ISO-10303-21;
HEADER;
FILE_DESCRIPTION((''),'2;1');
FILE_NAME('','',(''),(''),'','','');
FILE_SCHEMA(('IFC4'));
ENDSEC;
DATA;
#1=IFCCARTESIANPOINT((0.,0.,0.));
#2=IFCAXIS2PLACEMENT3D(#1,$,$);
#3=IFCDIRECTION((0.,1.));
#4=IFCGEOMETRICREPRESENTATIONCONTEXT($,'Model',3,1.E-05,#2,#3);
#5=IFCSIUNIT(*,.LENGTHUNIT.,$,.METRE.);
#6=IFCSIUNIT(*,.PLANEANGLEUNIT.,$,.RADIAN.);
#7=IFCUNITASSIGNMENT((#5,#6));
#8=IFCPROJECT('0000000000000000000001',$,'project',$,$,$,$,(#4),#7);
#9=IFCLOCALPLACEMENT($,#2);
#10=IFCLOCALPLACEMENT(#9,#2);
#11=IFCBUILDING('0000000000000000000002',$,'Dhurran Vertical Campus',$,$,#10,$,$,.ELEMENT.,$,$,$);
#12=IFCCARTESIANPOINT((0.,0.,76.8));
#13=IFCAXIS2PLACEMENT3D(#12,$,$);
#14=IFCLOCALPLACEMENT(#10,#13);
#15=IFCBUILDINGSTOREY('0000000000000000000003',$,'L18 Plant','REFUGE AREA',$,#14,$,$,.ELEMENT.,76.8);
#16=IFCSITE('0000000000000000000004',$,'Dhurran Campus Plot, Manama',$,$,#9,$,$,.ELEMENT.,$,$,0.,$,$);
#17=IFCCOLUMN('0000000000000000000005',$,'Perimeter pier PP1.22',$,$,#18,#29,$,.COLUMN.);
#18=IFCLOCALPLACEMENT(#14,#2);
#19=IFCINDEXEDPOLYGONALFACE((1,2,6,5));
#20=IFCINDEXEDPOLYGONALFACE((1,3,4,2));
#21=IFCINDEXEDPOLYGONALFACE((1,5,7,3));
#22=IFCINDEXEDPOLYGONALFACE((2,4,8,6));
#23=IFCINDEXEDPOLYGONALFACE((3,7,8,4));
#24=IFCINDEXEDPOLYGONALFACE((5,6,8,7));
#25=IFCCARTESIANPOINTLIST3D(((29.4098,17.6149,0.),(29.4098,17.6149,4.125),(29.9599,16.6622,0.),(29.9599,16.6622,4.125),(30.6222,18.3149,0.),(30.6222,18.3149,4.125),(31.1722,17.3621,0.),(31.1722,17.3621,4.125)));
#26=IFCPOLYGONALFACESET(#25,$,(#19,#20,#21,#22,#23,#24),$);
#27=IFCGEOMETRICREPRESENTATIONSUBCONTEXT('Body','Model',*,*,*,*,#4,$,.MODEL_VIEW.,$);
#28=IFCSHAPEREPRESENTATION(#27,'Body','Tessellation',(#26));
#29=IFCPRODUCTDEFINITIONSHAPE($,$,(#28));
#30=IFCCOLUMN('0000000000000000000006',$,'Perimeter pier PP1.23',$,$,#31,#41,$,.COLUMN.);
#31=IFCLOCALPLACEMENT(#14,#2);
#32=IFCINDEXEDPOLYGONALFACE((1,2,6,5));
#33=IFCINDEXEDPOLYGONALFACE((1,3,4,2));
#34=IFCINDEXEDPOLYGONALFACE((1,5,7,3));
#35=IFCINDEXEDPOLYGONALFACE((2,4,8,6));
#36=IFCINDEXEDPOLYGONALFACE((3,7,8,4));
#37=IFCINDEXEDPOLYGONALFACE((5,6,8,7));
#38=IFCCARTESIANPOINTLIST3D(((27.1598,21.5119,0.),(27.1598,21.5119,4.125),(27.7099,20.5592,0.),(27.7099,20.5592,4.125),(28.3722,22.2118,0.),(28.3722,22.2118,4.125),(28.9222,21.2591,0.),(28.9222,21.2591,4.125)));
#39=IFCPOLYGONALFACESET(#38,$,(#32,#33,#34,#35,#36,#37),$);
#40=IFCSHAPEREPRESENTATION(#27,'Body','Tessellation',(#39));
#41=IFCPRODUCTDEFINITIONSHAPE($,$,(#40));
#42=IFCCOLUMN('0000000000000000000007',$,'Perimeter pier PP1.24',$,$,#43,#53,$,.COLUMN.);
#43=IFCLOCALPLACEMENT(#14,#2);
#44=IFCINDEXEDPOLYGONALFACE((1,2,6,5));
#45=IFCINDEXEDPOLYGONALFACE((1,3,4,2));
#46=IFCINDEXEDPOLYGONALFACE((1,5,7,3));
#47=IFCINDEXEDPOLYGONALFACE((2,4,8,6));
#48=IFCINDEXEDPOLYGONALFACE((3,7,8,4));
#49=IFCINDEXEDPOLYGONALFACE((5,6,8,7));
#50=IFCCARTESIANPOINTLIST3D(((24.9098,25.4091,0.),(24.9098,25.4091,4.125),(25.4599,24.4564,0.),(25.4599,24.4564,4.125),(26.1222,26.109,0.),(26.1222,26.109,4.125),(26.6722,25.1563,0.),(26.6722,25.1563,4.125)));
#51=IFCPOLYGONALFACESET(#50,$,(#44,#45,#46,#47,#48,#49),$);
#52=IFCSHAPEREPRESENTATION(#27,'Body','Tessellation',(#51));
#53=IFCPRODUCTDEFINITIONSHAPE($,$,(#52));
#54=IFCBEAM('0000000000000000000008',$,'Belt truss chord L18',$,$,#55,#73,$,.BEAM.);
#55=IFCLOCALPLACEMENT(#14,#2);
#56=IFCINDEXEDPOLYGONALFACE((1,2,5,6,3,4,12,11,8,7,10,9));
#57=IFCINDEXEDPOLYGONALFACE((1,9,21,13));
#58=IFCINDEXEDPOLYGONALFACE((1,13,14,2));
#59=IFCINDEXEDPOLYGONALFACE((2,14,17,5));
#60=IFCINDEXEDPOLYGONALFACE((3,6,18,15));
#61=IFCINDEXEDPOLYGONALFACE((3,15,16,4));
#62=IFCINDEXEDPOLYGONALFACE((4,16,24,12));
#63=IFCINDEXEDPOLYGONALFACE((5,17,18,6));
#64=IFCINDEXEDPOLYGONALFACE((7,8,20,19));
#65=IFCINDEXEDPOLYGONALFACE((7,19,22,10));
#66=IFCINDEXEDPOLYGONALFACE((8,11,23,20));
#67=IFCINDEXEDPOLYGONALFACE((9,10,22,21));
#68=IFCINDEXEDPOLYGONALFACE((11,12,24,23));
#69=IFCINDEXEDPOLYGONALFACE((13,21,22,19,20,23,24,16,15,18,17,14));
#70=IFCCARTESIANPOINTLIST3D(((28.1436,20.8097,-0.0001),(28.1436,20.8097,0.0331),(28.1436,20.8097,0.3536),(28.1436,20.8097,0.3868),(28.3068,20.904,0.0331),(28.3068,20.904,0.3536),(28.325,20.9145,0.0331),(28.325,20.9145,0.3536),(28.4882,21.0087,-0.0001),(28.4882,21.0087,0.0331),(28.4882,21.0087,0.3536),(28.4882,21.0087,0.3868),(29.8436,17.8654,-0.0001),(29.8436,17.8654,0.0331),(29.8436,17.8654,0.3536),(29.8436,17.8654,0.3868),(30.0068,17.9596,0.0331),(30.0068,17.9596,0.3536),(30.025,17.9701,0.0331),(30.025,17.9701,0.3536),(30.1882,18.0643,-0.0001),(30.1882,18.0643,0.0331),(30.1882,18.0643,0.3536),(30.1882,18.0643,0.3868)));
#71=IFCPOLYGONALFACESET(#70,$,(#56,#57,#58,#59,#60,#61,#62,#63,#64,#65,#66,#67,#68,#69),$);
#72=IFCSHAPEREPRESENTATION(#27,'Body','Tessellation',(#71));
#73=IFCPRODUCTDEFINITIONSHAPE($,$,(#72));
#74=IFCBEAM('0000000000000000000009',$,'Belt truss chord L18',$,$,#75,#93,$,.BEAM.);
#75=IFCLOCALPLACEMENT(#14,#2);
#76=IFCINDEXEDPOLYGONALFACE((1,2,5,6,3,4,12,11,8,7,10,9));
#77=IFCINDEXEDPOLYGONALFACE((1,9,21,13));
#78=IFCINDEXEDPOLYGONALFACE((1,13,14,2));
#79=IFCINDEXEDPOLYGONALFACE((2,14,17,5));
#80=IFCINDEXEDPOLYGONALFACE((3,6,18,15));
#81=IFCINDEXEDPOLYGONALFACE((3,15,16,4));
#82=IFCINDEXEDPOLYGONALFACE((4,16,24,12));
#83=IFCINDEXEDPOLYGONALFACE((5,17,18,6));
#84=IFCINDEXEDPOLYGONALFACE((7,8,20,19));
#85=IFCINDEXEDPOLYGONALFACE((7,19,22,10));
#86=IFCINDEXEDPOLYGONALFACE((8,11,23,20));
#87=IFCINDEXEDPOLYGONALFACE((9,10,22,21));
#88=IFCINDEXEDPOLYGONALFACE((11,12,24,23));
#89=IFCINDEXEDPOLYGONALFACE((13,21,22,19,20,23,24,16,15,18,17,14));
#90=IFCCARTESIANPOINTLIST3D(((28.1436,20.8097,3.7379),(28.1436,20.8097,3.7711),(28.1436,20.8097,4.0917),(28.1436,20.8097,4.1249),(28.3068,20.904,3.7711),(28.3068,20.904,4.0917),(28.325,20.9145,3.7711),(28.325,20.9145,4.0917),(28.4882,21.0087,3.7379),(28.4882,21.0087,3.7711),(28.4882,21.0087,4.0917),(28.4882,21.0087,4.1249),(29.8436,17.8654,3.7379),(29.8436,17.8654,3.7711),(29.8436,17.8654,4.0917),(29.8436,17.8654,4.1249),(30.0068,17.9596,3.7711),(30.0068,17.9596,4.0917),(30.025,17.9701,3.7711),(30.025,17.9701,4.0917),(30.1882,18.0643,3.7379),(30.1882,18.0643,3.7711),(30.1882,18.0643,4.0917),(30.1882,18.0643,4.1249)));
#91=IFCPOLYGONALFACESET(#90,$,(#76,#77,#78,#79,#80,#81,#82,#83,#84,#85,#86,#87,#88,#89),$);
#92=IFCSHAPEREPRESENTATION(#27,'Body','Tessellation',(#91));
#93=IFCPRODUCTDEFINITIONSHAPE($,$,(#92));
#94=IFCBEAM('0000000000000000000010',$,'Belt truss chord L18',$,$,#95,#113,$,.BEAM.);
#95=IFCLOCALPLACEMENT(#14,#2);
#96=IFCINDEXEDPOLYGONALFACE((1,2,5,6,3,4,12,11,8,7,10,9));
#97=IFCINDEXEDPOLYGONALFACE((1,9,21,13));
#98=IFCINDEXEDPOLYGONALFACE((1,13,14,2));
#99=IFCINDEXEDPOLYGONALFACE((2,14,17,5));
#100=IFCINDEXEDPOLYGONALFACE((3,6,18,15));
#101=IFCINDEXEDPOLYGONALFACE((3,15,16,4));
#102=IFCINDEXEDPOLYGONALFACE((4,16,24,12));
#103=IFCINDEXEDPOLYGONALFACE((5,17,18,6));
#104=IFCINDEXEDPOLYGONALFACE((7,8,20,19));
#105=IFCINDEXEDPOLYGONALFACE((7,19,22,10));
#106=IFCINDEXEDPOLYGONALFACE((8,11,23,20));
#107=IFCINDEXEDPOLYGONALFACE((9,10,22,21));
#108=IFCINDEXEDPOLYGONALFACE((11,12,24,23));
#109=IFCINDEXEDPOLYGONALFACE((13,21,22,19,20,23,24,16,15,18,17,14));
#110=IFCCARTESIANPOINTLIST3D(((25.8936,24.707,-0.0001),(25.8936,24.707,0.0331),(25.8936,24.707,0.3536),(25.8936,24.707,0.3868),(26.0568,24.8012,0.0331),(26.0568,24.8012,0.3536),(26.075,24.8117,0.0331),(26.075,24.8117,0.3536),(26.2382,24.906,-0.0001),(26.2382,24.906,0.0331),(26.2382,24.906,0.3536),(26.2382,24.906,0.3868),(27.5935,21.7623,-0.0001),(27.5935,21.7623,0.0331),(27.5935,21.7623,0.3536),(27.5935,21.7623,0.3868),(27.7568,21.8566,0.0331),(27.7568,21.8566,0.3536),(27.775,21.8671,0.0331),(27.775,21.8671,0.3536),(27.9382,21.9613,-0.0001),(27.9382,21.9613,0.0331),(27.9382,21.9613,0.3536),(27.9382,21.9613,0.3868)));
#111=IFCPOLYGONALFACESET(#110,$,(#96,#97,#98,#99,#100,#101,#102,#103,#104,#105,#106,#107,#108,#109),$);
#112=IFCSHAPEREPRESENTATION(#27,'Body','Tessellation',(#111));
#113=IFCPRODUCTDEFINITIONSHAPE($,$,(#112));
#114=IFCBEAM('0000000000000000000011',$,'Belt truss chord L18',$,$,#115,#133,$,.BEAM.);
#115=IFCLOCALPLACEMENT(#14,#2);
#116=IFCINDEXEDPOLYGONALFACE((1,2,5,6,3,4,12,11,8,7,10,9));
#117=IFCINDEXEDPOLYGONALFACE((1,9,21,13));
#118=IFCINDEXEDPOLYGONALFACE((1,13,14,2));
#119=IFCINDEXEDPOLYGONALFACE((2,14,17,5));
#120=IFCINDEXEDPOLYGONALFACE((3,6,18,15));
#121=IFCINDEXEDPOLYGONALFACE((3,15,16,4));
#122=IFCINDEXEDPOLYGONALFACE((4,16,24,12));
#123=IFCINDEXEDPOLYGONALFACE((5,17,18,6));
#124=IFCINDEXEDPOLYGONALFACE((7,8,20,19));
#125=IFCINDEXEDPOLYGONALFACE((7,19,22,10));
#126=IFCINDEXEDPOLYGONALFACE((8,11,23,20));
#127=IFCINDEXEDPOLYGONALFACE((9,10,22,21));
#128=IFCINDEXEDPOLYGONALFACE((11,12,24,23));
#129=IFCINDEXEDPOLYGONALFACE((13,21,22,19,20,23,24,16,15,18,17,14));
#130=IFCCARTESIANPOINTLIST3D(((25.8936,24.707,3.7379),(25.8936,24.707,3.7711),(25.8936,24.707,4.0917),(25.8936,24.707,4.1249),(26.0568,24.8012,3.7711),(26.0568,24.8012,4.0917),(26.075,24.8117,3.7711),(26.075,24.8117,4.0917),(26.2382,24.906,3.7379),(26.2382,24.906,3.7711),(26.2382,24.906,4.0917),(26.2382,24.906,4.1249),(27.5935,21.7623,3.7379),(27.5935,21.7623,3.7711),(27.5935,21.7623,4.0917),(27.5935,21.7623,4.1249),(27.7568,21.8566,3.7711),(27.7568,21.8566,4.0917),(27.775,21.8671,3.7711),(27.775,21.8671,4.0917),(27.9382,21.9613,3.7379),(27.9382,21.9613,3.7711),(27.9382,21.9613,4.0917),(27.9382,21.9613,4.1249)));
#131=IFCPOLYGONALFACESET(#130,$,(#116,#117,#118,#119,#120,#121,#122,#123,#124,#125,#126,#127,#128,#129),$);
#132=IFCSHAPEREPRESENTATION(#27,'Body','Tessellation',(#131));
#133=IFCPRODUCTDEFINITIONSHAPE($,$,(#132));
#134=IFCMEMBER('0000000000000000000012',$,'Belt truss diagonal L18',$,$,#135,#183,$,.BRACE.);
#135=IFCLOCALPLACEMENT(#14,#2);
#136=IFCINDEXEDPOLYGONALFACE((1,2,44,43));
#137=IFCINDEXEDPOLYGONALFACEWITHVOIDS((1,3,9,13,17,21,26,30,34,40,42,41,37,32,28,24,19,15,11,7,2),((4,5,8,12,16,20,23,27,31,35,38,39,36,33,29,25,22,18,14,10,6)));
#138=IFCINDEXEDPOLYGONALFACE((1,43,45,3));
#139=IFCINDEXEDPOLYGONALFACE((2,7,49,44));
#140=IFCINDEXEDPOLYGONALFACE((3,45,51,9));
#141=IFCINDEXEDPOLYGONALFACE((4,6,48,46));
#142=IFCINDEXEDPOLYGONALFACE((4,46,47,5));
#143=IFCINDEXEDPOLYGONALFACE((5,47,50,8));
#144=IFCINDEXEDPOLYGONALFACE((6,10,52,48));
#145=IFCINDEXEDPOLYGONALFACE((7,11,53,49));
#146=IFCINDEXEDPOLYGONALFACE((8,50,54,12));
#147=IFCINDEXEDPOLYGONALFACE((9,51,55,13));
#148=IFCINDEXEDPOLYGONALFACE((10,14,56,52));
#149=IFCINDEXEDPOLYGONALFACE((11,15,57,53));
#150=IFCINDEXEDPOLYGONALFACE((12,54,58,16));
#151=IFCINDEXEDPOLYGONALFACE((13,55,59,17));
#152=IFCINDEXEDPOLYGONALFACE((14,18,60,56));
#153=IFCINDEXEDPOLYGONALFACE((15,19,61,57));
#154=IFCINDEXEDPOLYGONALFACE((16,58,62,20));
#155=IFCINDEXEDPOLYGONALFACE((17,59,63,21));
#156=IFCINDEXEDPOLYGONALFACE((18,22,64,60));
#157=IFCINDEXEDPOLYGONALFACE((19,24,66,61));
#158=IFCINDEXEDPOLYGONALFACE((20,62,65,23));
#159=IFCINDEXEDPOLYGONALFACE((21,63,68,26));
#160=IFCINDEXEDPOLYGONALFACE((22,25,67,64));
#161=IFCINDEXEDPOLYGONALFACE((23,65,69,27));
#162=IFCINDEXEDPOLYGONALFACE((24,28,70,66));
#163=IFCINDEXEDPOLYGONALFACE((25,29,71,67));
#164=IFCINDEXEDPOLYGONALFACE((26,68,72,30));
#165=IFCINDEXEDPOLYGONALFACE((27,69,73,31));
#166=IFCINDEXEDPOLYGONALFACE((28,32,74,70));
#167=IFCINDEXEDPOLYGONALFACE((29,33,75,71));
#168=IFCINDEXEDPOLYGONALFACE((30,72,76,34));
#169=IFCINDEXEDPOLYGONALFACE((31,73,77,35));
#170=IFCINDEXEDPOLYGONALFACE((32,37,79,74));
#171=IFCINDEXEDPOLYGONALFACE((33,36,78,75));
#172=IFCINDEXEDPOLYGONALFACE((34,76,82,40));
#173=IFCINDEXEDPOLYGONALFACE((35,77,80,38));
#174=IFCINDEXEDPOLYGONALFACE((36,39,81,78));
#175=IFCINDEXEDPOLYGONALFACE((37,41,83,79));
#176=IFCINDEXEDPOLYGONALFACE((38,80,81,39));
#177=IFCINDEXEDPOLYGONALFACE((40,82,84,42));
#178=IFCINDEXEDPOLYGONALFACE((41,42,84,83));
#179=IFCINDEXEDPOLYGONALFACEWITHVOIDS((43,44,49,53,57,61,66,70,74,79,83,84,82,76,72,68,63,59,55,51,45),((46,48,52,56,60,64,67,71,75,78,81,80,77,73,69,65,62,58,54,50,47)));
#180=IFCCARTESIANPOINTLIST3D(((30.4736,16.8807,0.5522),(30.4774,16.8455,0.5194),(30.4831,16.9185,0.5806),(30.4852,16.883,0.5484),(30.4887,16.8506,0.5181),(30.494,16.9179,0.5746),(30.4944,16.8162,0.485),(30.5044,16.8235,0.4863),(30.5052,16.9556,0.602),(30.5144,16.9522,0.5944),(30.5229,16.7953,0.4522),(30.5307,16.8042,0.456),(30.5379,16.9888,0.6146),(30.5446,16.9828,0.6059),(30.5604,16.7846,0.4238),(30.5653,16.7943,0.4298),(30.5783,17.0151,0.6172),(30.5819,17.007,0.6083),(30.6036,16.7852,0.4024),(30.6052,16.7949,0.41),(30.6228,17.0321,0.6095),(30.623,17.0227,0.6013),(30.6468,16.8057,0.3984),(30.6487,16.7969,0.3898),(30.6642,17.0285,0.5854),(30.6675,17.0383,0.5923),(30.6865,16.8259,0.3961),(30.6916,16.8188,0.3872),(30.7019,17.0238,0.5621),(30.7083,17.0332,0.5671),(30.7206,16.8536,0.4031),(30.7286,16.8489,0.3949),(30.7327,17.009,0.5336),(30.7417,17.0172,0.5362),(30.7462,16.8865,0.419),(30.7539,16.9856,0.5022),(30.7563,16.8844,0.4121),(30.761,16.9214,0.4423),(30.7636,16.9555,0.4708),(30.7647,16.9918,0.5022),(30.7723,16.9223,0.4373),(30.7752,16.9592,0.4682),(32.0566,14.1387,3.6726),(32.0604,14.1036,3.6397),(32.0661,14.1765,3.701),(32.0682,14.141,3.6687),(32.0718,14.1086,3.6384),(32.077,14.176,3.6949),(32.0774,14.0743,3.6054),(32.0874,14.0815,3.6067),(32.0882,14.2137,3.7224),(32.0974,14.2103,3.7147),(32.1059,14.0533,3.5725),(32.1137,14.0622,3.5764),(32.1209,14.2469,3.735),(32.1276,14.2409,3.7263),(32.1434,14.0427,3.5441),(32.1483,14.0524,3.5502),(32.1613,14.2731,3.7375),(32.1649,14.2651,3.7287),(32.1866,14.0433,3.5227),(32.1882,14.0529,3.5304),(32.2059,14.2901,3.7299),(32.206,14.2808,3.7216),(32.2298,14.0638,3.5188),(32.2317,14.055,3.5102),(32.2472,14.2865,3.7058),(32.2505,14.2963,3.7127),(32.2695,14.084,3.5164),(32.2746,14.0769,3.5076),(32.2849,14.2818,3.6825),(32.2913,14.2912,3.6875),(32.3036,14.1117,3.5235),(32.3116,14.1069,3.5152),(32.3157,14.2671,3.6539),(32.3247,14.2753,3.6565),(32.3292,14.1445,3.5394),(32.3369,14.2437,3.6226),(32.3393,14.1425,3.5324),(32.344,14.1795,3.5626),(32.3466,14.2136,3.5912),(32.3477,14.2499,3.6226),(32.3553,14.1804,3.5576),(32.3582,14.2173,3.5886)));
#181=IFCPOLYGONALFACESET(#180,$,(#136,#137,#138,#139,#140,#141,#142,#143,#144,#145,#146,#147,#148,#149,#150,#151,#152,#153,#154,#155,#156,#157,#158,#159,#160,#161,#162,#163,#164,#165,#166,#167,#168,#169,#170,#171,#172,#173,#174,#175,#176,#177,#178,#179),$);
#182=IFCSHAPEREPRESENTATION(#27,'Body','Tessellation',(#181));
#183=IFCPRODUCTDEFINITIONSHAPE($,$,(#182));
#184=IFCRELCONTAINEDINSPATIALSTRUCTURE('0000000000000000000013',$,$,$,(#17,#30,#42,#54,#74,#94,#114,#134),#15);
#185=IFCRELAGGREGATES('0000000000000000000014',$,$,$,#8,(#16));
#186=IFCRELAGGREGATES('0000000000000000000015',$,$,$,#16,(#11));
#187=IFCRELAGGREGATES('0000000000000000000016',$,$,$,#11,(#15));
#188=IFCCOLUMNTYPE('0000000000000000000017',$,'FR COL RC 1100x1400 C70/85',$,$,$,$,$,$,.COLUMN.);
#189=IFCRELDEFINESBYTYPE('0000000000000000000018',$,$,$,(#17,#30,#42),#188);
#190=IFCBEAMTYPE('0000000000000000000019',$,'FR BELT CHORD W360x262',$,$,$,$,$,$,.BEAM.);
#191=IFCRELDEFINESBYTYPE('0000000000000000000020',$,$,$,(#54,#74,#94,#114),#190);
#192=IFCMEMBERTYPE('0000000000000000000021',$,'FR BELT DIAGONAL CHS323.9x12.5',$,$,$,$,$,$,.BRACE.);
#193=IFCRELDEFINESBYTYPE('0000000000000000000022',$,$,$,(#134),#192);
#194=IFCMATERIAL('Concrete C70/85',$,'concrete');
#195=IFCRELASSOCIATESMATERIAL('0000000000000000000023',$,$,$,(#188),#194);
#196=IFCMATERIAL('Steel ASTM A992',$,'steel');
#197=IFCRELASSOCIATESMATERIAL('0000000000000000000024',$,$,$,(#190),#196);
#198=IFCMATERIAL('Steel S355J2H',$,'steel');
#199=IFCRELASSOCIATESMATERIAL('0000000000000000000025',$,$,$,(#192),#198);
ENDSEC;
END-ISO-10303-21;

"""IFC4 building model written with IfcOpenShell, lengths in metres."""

from ifc_helpers import new_model, si_unit, direction, frame, origin, origin_2d, place, context, subcontext, project, spatial, rectangle, hollow_circle, i_section, extrude, material, material_profile, profile_set, type_object, element, save


model = new_model("IFC4")

# Units and contexts
model_context = context("Model", 3, precision=1e-05, world=origin(), true_north=direction((0.0, 1.0)))
body_context = subcontext(model_context, "Body", "Model", "MODEL_VIEW")
ifc_project = project(units=[si_unit("LENGTHUNIT", "METRE"), si_unit("PLANEANGLEUNIT", "RADIAN")], contexts=[model_context])

# Site, building, storey
site_placement = place(None, origin())
site = spatial("IfcSite", under=ifc_project, at=site_placement, Name="Dhurran Campus Plot, Manama", CompositionType="ELEMENT", RefElevation=0.0)
building_placement = place(site_placement, origin())
building = spatial("IfcBuilding", under=site, at=building_placement, Name="Dhurran Vertical Campus", CompositionType="ELEMENT")
storey_placement = place(building_placement, frame((0.0, 0.0, 76.8)))
storey = spatial("IfcBuildingStorey", under=building, at=storey_placement, Name="L18 Plant", Description="REFUGE AREA", CompositionType="ELEMENT", Elevation=76.8)

# Columns
ifc_material_1 = material(Name="Concrete C70/85", Category="concrete")
ifc_material_profile_1 = material_profile(ifc_material_1, rectangle(XDim=1.1001, YDim=1.3999, at=origin_2d()), Name="RC 1100x1400")
ifc_profile_set_1 = profile_set([ifc_material_profile_1], Name="Concrete C70/85")
column_type = type_object("IfcColumnType", Name="FR COL RC 1100x1400 C70/85", PredefinedType="COLUMN", material=ifc_profile_set_1)
for number, where, z_axis, x_axis, name in (
    (1, (30.291, 17.4885, 0.0), (0.0, 0.0, 1.0), (-0.5, 0.866025, 0.0), "Perimeter pier PP1.22"),
    (2, (28.041, 21.3855, 0.0), (0.0, 0.0, 1.0), (-0.5, 0.866025, 0.0), "Perimeter pier PP1.23"),
    (3, (25.791, 25.2827, 0.0), (0.0, 0.0, 1.0), (-0.5, 0.866025, 0.0), "Perimeter pier PP1.24"),
):
    element("IfcColumn", number, at=place(storey_placement, frame(where, z_axis=z_axis, x_axis=x_axis)), inside=storey, type_object=column_type, Name=name, PredefinedType="COLUMN", context=body_context, shape_type="SweptSolid", body=[
        extrude(rectangle(XDim=1.1001, YDim=1.3999, at=origin_2d()), origin(), (0.0, 0.0, 1.0), 4.125),
    ])

# Beams
ifc_material_2 = material(Name="Steel ASTM A992", Category="steel")
ifc_material_profile_2 = material_profile(ifc_material_2, i_section(OverallWidth=0.3979, OverallDepth=0.387, WebThickness=0.021, FlangeThickness=0.0332, at=origin_2d()), Name="W360x262")
ifc_profile_set_2 = profile_set([ifc_material_profile_2], Name="Steel ASTM A992")
beam_type = type_object("IfcBeamType", Name="FR BELT CHORD W360x262", PredefinedType="BEAM", material=ifc_profile_set_2)
for number, where, z_axis, x_axis, name in (
    (4, (30.0159, 17.9648, 0.1934), (-0.500008, 0.866021, 0.0), (-0.866021, -0.500008, 0.0), "Belt truss chord L18"),
    (5, (30.0159, 17.9648, 3.9314), (-0.500008, 0.866021, 0.0), (-0.866021, -0.500008, 0.0), "Belt truss chord L18"),
):
    element("IfcBeam", number, at=place(storey_placement, frame(where, z_axis=z_axis, x_axis=x_axis)), inside=storey, type_object=beam_type, Name=name, PredefinedType="BEAM", context=body_context, shape_type="SweptSolid", body=[
        extrude(i_section(OverallWidth=0.3979, OverallDepth=0.387, WebThickness=0.021, FlangeThickness=0.0332, at=origin_2d()), origin(), (0.0, 0.0, 1.0), 3.3999),
    ])
for number, where, z_axis, x_axis, name in (
    (6, (27.7659, 21.8618, 0.1934), (-0.499977, 0.866039, 0.0), (-0.866039, -0.499977, 0.0), "Belt truss chord L18"),
    (7, (27.7659, 21.8618, 3.9314), (-0.499977, 0.866039, 0.0), (-0.866039, -0.499977, 0.0), "Belt truss chord L18"),
):
    element("IfcBeam", number, at=place(storey_placement, frame(where, z_axis=z_axis, x_axis=x_axis)), inside=storey, type_object=beam_type, Name=name, PredefinedType="BEAM", context=body_context, shape_type="SweptSolid", body=[
        extrude(i_section(OverallWidth=0.3979, OverallDepth=0.387, WebThickness=0.021, FlangeThickness=0.0332, at=origin_2d()), origin(), (0.0, 0.0, 1.0), 3.4001),
    ])

# Member
ifc_material_3 = material(Name="Steel S355J2H", Category="steel")
ifc_material_profile_3 = material_profile(ifc_material_3, hollow_circle(Radius=0.1619, WallThickness=0.0125, at=origin_2d()), Name="CHS323.9x12.5")
ifc_profile_set_3 = profile_set([ifc_material_profile_3], Name="Steel S355J2H")
member_type = type_object("IfcMemberType", Name="FR BELT DIAGONAL CHS323.9x12.5", PredefinedType="BRACE", material=ifc_profile_set_3)
member_placement = place(storey_placement, frame((30.6245, 16.9109, 0.5022), z_axis=(0.356107, -0.616816, 0.701944), x_axis=(0.866033, 0.499987, 0.0)))
element("IfcMember", 8, at=member_placement, inside=storey, type_object=member_type, Name="Belt truss diagonal L18", PredefinedType="BRACE", context=body_context, shape_type="SweptSolid", body=[
    extrude(hollow_circle(Radius=0.1619, WallThickness=0.0125, at=origin_2d()), origin(), (0.0, 0.0, 1.0), 4.4453),
])

save(model, "model.ifc")
